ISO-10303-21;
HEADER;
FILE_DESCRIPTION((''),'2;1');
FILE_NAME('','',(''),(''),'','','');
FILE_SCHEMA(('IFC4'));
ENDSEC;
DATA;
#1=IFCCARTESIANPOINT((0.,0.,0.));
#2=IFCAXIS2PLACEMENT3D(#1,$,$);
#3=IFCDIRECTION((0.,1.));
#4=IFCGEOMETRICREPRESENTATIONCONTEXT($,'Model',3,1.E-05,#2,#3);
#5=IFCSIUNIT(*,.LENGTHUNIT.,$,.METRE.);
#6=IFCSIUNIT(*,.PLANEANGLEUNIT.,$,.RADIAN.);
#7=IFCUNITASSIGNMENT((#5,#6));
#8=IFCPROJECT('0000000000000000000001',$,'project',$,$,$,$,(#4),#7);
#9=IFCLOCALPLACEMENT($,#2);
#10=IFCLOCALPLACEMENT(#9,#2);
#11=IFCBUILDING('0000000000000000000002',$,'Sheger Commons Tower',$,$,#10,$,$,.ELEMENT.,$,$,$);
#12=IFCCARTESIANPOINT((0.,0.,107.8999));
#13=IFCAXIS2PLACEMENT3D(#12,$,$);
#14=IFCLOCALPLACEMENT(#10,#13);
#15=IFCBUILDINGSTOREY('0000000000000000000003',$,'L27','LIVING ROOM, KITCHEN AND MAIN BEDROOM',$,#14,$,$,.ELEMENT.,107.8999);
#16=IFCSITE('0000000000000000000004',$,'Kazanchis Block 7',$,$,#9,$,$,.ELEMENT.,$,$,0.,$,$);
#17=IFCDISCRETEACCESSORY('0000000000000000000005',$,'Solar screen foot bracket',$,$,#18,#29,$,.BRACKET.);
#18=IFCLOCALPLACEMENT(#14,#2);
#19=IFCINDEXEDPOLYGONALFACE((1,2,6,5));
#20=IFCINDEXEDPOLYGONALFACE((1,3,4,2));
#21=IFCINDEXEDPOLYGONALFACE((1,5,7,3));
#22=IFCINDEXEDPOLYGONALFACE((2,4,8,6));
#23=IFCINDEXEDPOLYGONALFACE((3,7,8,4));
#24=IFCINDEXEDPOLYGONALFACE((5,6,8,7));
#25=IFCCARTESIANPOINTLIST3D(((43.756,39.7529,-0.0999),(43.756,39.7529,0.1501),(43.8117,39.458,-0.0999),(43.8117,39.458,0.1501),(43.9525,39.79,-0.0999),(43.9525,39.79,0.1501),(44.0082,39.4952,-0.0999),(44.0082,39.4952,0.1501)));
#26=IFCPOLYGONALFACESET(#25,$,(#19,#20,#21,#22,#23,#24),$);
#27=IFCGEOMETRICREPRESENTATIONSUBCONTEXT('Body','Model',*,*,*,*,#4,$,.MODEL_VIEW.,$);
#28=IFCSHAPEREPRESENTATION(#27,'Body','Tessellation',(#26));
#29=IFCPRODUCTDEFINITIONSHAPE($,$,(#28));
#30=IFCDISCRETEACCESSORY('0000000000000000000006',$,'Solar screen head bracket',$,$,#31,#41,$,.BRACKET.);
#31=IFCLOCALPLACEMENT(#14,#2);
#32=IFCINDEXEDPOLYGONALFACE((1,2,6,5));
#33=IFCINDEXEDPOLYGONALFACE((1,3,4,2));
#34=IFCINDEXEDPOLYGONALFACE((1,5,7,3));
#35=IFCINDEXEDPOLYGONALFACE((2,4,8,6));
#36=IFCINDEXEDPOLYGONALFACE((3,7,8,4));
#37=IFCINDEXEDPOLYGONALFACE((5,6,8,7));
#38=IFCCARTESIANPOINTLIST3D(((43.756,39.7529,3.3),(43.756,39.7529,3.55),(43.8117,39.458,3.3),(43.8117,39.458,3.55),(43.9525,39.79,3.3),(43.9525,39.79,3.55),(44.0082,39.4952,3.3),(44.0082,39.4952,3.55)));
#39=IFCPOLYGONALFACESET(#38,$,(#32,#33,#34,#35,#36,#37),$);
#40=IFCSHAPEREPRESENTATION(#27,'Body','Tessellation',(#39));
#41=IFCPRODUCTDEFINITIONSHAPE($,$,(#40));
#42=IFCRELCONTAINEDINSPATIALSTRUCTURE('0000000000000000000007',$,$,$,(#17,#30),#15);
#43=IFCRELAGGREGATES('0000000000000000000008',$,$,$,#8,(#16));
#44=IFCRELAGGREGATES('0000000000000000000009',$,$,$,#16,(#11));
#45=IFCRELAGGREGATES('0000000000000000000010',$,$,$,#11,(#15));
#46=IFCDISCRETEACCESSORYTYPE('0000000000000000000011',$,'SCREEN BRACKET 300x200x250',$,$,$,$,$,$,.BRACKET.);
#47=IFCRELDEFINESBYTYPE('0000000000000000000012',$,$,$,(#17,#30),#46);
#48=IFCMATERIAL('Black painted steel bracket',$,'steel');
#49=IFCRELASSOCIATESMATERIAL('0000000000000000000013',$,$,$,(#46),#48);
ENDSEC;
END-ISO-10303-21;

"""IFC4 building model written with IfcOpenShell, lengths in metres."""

from ifc_helpers import new_model, si_unit, direction, frame, origin, origin_2d, place, context, subcontext, project, spatial, rectangle, extrude, material, type_object, element, save


model = new_model("IFC4")

# Units and contexts
model_context = context("Model", 3, precision=1e-05, world=origin(), true_north=direction((0.0, 1.0)))
body_context = subcontext(model_context, "Body", "Model", "MODEL_VIEW")
ifc_project = project(units=[si_unit("LENGTHUNIT", "METRE"), si_unit("PLANEANGLEUNIT", "RADIAN")], contexts=[model_context])

# Site, building, storey
site_placement = place(None, origin())
site = spatial("IfcSite", under=ifc_project, at=site_placement, Name="Kazanchis Block 7", CompositionType="ELEMENT", RefElevation=0.0)
building_placement = place(site_placement, origin())
building = spatial("IfcBuilding", under=site, at=building_placement, Name="Sheger Commons Tower", CompositionType="ELEMENT")
storey_placement = place(building_placement, frame((0.0, 0.0, 107.8999)))
storey = spatial("IfcBuildingStorey", under=building, at=storey_placement, Name="L27", Description="LIVING ROOM, KITCHEN AND MAIN BEDROOM", CompositionType="ELEMENT", Elevation=107.8999)

# Discrete accessories
ifc_material_1 = material(Name="Black painted steel bracket", Category="steel")
discrete_accessory_type = type_object("IfcDiscreteAccessoryType", Name="SCREEN BRACKET 300x200x250", PredefinedType="BRACKET", material=ifc_material_1)
for number, where, z_axis, x_axis, name in (
    (1, (43.8821, 39.624, -0.0999), (0.0, 0.0, 1.0), (-0.185615, 0.982623, 0.0), "Solar screen foot bracket"),
    (2, (43.8821, 39.624, 3.3), (0.0, 0.0, 1.0), (-0.185615, 0.982623, 0.0), "Solar screen head bracket"),
):
    element("IfcDiscreteAccessory", number, at=place(storey_placement, frame(where, z_axis=z_axis, x_axis=x_axis)), inside=storey, type_object=discrete_accessory_type, Name=name, PredefinedType="BRACKET", context=body_context, shape_type="SweptSolid", body=[
        extrude(rectangle(XDim=0.3, YDim=0.2, at=origin_2d()), origin(), (0.0, 0.0, 1.0), 0.25),
    ])

save(model, "model.ifc")
